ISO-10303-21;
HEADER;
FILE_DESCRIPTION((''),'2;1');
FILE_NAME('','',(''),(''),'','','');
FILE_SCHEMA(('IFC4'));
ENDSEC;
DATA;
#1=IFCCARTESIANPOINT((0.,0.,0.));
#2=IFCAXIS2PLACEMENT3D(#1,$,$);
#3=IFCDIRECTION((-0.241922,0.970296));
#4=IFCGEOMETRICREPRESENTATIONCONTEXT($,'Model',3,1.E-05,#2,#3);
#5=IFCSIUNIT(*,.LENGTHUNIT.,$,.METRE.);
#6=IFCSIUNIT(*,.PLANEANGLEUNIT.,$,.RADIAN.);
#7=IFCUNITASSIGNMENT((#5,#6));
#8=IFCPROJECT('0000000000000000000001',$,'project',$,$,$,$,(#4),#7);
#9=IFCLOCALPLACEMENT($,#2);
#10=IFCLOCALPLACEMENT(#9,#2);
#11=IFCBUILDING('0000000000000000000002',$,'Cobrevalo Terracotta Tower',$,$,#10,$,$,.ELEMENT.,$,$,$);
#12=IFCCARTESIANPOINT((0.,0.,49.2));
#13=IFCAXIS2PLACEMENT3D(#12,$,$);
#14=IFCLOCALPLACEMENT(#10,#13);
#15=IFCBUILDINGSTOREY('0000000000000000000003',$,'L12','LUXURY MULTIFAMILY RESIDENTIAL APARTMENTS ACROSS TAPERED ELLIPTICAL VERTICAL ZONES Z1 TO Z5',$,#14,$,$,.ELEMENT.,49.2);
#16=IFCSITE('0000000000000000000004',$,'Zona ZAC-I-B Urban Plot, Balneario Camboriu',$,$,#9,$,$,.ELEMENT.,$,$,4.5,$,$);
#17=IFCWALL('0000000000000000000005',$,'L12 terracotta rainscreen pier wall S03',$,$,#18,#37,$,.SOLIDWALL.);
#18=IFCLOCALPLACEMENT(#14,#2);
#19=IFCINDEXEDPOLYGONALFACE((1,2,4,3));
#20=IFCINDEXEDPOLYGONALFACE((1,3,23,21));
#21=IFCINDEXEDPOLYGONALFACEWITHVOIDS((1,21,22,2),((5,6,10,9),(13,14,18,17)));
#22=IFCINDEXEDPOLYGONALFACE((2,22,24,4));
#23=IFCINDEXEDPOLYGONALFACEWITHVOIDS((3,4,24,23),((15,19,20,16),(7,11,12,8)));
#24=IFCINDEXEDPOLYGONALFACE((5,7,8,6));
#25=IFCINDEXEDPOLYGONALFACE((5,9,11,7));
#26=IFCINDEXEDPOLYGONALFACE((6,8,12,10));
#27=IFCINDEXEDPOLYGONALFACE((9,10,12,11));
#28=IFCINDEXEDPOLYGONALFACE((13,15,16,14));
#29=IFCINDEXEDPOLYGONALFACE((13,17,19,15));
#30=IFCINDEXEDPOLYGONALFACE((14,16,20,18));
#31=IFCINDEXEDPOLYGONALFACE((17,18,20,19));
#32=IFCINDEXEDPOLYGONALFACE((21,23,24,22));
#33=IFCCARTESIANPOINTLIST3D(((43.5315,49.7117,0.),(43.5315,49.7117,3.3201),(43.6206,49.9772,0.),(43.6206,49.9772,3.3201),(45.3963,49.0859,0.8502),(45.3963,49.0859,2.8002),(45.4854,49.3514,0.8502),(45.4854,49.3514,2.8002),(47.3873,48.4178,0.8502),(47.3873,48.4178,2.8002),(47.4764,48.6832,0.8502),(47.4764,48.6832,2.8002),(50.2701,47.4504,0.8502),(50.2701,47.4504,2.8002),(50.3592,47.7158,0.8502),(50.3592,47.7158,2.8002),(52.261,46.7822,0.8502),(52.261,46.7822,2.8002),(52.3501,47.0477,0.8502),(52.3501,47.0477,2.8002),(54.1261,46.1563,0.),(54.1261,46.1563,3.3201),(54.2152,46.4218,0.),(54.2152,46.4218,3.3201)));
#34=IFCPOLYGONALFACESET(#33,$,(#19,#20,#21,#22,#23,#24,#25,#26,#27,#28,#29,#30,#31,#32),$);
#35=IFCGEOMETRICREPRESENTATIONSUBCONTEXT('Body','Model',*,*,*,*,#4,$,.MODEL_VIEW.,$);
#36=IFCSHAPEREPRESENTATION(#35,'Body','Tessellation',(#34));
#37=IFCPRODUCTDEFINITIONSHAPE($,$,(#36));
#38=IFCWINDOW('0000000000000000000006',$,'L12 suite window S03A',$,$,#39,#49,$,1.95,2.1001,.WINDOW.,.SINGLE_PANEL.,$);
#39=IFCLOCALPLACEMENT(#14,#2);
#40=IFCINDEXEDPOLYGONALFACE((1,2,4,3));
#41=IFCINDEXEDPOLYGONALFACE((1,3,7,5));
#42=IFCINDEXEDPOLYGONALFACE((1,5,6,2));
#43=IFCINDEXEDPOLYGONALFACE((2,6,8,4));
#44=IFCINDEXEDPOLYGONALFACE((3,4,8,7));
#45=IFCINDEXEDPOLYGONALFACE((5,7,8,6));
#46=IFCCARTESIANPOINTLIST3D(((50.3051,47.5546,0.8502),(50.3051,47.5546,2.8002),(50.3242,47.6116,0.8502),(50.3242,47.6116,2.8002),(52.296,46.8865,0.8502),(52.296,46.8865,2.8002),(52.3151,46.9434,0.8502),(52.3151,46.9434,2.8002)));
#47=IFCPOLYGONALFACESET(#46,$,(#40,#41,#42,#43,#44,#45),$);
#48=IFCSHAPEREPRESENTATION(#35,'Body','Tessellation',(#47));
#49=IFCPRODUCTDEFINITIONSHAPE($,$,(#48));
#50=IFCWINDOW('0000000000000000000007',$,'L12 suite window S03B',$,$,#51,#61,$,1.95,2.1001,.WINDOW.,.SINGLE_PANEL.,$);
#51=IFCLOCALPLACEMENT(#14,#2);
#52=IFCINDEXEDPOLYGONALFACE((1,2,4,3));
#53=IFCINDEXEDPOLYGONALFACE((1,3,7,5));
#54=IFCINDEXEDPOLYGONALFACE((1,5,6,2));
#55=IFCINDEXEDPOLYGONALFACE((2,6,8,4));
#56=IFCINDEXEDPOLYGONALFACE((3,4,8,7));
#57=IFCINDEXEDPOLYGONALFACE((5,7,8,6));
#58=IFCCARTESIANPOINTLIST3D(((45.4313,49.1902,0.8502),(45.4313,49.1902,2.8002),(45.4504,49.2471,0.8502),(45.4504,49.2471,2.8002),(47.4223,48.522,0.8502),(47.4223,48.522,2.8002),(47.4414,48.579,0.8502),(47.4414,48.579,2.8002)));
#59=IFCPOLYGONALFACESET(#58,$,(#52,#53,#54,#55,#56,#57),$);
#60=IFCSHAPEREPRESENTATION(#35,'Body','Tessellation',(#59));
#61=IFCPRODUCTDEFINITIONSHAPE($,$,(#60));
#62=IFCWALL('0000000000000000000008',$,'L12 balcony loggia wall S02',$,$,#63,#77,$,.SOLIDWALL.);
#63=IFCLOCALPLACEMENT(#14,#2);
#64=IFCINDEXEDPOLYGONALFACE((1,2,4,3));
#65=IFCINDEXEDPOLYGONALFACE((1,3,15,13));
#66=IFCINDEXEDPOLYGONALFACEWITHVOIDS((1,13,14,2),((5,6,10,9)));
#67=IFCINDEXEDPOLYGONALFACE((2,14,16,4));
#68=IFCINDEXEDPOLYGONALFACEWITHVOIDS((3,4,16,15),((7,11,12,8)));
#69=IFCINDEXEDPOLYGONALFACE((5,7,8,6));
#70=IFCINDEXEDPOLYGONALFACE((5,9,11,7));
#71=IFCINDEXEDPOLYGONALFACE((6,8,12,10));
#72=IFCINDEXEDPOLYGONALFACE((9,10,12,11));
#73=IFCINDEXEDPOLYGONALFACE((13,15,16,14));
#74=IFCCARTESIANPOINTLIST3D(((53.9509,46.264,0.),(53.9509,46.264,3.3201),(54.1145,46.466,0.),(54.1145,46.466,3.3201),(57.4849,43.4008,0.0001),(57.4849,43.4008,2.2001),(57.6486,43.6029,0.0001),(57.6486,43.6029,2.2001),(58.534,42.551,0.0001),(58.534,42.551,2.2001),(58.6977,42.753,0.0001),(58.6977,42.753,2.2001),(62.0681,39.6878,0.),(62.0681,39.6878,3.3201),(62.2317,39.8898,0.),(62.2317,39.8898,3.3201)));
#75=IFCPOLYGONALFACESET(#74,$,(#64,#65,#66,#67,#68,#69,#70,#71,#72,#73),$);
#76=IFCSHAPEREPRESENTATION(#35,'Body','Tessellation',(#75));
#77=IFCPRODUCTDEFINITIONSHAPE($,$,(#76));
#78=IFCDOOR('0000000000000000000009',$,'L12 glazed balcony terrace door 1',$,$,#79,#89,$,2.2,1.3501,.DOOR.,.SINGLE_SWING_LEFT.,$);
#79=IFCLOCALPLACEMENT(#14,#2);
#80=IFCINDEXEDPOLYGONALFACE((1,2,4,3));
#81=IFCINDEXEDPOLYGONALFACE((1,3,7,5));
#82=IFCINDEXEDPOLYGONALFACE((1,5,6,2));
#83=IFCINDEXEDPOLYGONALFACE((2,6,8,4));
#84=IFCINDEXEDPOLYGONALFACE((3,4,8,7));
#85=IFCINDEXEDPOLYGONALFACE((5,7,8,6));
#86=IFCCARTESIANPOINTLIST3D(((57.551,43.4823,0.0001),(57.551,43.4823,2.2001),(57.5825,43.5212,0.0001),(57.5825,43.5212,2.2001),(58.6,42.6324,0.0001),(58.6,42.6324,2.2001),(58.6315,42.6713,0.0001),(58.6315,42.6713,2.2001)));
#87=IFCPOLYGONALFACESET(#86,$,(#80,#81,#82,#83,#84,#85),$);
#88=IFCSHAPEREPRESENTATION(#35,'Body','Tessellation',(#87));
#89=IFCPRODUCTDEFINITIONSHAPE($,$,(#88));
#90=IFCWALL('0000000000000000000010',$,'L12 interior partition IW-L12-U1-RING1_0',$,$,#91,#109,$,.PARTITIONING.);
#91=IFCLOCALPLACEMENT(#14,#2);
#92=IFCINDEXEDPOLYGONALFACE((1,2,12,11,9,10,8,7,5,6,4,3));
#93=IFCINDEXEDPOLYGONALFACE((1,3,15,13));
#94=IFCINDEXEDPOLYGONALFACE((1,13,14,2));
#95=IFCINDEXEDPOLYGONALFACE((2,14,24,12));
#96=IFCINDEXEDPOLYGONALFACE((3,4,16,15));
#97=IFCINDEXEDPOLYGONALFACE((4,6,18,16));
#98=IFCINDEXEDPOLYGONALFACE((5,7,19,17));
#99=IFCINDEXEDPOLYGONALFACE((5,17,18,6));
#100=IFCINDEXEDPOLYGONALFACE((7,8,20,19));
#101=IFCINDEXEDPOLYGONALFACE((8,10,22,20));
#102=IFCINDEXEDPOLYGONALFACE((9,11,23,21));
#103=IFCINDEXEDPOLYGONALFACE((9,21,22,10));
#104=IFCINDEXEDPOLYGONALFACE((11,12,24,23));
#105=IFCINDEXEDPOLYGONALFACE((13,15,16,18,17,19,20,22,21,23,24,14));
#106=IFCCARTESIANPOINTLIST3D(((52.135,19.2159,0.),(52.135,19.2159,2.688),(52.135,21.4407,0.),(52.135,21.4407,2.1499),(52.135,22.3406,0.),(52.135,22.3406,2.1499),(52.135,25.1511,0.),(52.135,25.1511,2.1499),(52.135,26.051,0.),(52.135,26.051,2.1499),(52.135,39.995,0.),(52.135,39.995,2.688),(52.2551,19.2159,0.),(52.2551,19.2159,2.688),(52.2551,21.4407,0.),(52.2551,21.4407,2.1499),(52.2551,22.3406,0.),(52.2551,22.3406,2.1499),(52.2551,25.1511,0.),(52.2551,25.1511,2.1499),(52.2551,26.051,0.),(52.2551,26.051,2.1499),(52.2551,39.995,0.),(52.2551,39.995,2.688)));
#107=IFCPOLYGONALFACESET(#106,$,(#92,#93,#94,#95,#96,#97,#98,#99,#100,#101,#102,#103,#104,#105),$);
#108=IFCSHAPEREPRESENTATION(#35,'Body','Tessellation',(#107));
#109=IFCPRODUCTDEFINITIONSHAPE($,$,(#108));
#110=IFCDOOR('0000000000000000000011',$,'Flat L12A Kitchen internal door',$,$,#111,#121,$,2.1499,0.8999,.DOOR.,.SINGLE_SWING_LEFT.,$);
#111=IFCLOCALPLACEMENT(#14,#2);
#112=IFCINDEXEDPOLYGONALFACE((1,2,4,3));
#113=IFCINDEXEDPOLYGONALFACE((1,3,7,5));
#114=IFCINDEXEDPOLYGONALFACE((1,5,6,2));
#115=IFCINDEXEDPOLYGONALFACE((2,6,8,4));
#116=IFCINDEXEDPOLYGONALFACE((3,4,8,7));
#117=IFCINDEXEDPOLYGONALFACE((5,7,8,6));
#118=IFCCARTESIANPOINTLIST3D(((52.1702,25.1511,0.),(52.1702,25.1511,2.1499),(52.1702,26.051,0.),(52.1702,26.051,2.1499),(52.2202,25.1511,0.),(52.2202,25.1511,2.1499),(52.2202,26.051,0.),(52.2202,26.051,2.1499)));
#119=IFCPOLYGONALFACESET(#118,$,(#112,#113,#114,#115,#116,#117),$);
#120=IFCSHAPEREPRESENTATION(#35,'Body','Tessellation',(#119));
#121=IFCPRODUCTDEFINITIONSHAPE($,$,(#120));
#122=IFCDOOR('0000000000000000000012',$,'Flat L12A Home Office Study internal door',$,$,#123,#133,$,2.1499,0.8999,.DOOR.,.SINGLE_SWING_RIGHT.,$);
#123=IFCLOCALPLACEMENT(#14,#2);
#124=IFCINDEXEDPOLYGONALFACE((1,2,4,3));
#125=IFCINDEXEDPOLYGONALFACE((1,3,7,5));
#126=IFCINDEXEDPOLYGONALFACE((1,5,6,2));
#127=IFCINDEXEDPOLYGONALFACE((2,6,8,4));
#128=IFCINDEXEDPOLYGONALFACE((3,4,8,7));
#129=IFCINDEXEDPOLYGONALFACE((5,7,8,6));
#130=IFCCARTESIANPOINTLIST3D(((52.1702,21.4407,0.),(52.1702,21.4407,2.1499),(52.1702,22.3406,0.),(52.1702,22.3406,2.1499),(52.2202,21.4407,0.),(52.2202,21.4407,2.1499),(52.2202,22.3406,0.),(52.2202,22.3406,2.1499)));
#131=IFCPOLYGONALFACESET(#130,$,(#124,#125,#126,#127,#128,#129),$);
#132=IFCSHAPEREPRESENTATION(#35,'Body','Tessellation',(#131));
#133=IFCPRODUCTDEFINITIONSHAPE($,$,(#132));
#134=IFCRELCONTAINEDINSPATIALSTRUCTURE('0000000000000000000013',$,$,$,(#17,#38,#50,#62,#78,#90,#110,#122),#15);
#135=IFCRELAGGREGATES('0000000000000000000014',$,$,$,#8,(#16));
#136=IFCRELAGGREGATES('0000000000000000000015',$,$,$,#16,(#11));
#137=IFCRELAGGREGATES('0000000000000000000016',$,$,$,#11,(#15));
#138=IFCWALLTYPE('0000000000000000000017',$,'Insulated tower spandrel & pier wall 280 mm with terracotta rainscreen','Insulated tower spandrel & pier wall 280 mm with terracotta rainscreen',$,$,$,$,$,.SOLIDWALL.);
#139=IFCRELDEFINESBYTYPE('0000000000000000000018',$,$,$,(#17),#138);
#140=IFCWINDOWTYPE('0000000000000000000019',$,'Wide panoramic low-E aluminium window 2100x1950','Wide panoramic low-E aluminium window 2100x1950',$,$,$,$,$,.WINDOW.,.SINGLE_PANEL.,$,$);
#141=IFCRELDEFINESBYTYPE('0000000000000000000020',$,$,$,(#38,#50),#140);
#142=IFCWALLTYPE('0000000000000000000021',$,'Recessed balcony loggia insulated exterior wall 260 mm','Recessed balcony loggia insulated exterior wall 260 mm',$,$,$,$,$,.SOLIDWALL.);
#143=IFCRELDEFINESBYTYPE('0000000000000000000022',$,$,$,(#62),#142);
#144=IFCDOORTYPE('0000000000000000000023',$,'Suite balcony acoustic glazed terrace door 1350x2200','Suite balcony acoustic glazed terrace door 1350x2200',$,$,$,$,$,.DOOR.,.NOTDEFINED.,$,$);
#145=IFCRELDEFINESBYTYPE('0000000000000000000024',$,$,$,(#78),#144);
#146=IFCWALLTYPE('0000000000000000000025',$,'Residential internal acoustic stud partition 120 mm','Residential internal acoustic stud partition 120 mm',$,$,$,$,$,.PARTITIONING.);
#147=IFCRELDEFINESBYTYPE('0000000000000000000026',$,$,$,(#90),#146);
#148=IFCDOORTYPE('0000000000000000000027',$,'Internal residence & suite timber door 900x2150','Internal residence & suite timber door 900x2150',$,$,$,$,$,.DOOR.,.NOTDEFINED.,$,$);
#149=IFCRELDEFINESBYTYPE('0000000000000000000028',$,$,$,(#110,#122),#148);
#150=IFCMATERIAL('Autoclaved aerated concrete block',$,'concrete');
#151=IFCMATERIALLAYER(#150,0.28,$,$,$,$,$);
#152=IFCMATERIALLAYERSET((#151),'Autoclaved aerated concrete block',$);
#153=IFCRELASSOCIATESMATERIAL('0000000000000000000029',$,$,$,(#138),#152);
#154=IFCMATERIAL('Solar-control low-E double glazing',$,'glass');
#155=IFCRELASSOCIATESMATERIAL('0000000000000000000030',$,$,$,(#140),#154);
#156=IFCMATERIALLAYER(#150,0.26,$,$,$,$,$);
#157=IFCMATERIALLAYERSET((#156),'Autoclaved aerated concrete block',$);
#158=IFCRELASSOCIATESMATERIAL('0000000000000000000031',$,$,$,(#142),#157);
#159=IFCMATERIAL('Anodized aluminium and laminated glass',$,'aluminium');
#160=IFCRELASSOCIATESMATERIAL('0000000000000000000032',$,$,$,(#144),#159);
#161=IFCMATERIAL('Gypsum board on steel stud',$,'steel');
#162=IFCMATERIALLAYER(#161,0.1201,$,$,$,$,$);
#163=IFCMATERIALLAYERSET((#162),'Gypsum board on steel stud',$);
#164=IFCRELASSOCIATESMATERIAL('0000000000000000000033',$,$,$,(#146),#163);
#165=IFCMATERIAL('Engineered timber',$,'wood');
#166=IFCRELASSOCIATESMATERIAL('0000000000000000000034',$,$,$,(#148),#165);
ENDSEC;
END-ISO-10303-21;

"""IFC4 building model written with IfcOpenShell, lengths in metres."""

from ifc_helpers import new_model, si_unit, direction, frame, frame_2d, origin, place, context, subcontext, project, spatial, rectangle, extrude, source, transform, mapped, material, layer, layer_set, type_object, element, fill, save


model = new_model("IFC4")

# Units and contexts
model_context = context("Model", 3, precision=1e-05, world=origin(), true_north=direction((-0.241922, 0.970296)))
body_context = subcontext(model_context, "Body", "Model", "MODEL_VIEW")
ifc_project = project(units=[si_unit("LENGTHUNIT", "METRE"), si_unit("PLANEANGLEUNIT", "RADIAN")], contexts=[model_context])

# Site, building, storey
site_placement = place(None, origin())
site = spatial("IfcSite", under=ifc_project, at=site_placement, Name="Zona ZAC-I-B Urban Plot, Balneario Camboriu", CompositionType="ELEMENT", RefElevation=4.5)
building_placement = place(site_placement, origin())
building = spatial("IfcBuilding", under=site, at=building_placement, Name="Cobrevalo Terracotta Tower", CompositionType="ELEMENT")
storey_placement = place(building_placement, frame((0.0, 0.0, 49.2)))
storey = spatial("IfcBuildingStorey", under=building, at=storey_placement, Name="L12", Description="LUXURY MULTIFAMILY RESIDENTIAL APARTMENTS ACROSS TAPERED ELLIPTICAL VERTICAL ZONES Z1 TO Z5", CompositionType="ELEMENT", Elevation=49.2)

# Shared definitions
ifc_material_1 = material(Name="Solar-control low-E double glazing", Category="glass")

# Wall, openings, windows
ifc_material_2 = material(Name="Autoclaved aerated concrete block", Category="concrete")
ifc_layer_1 = layer(ifc_material_2, 0.28)
ifc_layer_set_1 = layer_set([ifc_layer_1], Name="Autoclaved aerated concrete block")
wall_type_1 = type_object("IfcWallType", Name="Insulated tower spandrel & pier wall 280 mm with terracotta rainscreen", Description="Insulated tower spandrel & pier wall 280 mm with terracotta rainscreen", PredefinedType="SOLIDWALL", material=ifc_layer_set_1)
wall_1_placement = place(storey_placement, frame((54.1707, 46.2891, 0.0), z_axis=(0.0, 0.0, 1.0), x_axis=(-0.948041, 0.318147, 0.0)))
wall_1 = element("IfcWall", 1, at=wall_1_placement, inside=storey, type_object=wall_type_1, Name="L12 terracotta rainscreen pier wall S03", PredefinedType="SOLIDWALL", context=body_context, shape_type="SweptSolid", body=[
    extrude(rectangle(XDim=11.1753, YDim=0.28, at=frame_2d((5.5876, 0.0))), origin(), (0.0, 0.0, 1.0), 3.3201),
])
opening_1_placement = place(wall_1_placement, frame((1.9673, 0.0, 0.8501)))
opening_1 = element("IfcOpeningElement", 2, at=opening_1_placement, cuts=wall_1, PredefinedType="OPENING", context=body_context, shape_type="SweptSolid", body=[
    extrude(rectangle(XDim=2.1001, YDim=1.95, at=frame_2d((1.05, 0.9751))), frame((0.0, 0.1499, 0.0), z_axis=(0.0, -1.0, 0.0), x_axis=(1.0, 0.0, 0.0)), (0.0, 0.0, 1.0), 0.3),
])
opening_2_placement = place(wall_1_placement, frame((7.1082, 0.0, 0.8501)))
opening_2 = element("IfcOpeningElement", 3, at=opening_2_placement, cuts=wall_1, PredefinedType="OPENING", context=body_context, shape_type="SweptSolid", body=[
    extrude(rectangle(XDim=2.1001, YDim=1.95, at=frame_2d((1.05, 0.9751))), frame((0.0, 0.1499, 0.0), z_axis=(0.0, -1.0, 0.0), x_axis=(1.0, 0.0, 0.0)), (0.0, 0.0, 1.0), 0.3),
])
window_type = type_object("IfcWindowType", Name="Wide panoramic low-E aluminium window 2100x1950", Description="Wide panoramic low-E aluminium window 2100x1950", PartitioningType="SINGLE_PANEL", PredefinedType="WINDOW", material=ifc_material_1)
shared_shape_1 = source(origin(), body_context, "Body", "SweptSolid", [
    extrude(rectangle(XDim=2.1001, YDim=1.95, at=frame_2d((1.05, 0.9751))), frame((0.0, 0.03, 0.0), z_axis=(0.0, -1.0, 0.0), x_axis=(1.0, 0.0, 0.0)), (0.0, 0.0, 1.0), 0.0601),
])
window_1_placement = place(opening_1_placement, origin())
window_1 = element("IfcWindow", 4, at=window_1_placement, inside=storey, type_object=window_type, Name="L12 suite window S03A", OverallHeight=1.95, OverallWidth=2.1001, PartitioningType="SINGLE_PANEL", PredefinedType="WINDOW", context=body_context, shape_type="MappedRepresentation", body=[
    mapped(shared_shape_1, transform((0.0, 0.0, 0.0), scale=1.0)),
])
fill(opening_1, window_1)
window_2_placement = place(opening_2_placement, origin())
window_2 = element("IfcWindow", 5, at=window_2_placement, inside=storey, type_object=window_type, Name="L12 suite window S03B", OverallHeight=1.95, OverallWidth=2.1001, PartitioningType="SINGLE_PANEL", PredefinedType="WINDOW", context=body_context, shape_type="MappedRepresentation", body=[
    mapped(shared_shape_1, transform((0.0, 0.0, 0.0), scale=1.0)),
])
fill(opening_2, window_2)

# Wall, opening, door
ifc_layer_2 = layer(ifc_material_2, 0.26)
ifc_layer_set_2 = layer_set([ifc_layer_2], Name="Autoclaved aerated concrete block")
wall_type_2 = type_object("IfcWallType", Name="Recessed balcony loggia insulated exterior wall 260 mm", Description="Recessed balcony loggia insulated exterior wall 260 mm", PredefinedType="SOLIDWALL", material=ifc_layer_set_2)
wall_2_placement = place(storey_placement, frame((62.1499, 39.7888, 0.0), z_axis=(0.0, 0.0, 1.0), x_axis=(-0.777005, 0.629494, 0.0)))
wall_2 = element("IfcWall", 6, at=wall_2_placement, inside=storey, type_object=wall_type_2, Name="L12 balcony loggia wall S02", PredefinedType="SOLIDWALL", context=body_context, shape_type="SweptSolid", body=[
    extrude(rectangle(XDim=10.4468, YDim=0.26, at=frame_2d((5.2234, 0.0))), origin(), (0.0, 0.0, 1.0), 3.3201),
])
opening_3_placement = place(wall_2_placement, frame((4.5483, 0.0, 0.0)))
opening_3 = element("IfcOpeningElement", 7, at=opening_3_placement, cuts=wall_2, PredefinedType="OPENING", context=body_context, shape_type="SweptSolid", body=[
    extrude(rectangle(XDim=1.3501, YDim=2.2, at=frame_2d((0.675, 1.1001))), frame((0.0, 0.1401, 0.0), z_axis=(0.0, -1.0, 0.0), x_axis=(1.0, 0.0, 0.0)), (0.0, 0.0, 1.0), 0.28),
])
ifc_material_3 = material(Name="Anodized aluminium and laminated glass", Category="aluminium")
door_type_1 = type_object("IfcDoorType", Name="Suite balcony acoustic glazed terrace door 1350x2200", Description="Suite balcony acoustic glazed terrace door 1350x2200", OperationType="NOTDEFINED", PredefinedType="DOOR", material=ifc_material_3)
shared_shape_2 = source(origin(), body_context, "Body", "SweptSolid", [
    extrude(rectangle(XDim=1.3501, YDim=2.2, at=frame_2d((0.675, 1.1001))), frame((0.0, 0.0249, 0.0), z_axis=(0.0, -1.0, 0.0), x_axis=(1.0, 0.0, 0.0)), (0.0, 0.0, 1.0), 0.05),
])
door_1_placement = place(opening_3_placement, frame((1.3501, 0.0, 0.0), z_axis=(0.0, 0.0, 1.0), x_axis=(-1.0, 0.0, 0.0)))
door_1 = element("IfcDoor", 8, at=door_1_placement, inside=storey, type_object=door_type_1, Name="L12 glazed balcony terrace door 1", OperationType="SINGLE_SWING_LEFT", OverallHeight=2.2, OverallWidth=1.3501, PredefinedType="DOOR", context=body_context, shape_type="MappedRepresentation", body=[
    mapped(shared_shape_2, transform((0.0, 0.0, 0.0), scale=1.0)),
])
fill(opening_3, door_1)

# Wall, openings, doors
ifc_material_4 = material(Name="Gypsum board on steel stud", Category="steel")
ifc_layer_3 = layer(ifc_material_4, 0.1201)
ifc_layer_set_3 = layer_set([ifc_layer_3], Name="Gypsum board on steel stud")
wall_type_3 = type_object("IfcWallType", Name="Residential internal acoustic stud partition 120 mm", Description="Residential internal acoustic stud partition 120 mm", PredefinedType="PARTITIONING", material=ifc_layer_set_3)
wall_3_placement = place(storey_placement, frame((52.1951, 39.9951, 0.0), z_axis=(0.0, 0.0, 1.0), x_axis=(0.0, -1.0, 0.0)))
wall_3 = element("IfcWall", 9, at=wall_3_placement, inside=storey, type_object=wall_type_3, Name="L12 interior partition IW-L12-U1-RING1_0", PredefinedType="PARTITIONING", context=body_context, shape_type="SweptSolid", body=[
    extrude(rectangle(XDim=20.7791, YDim=0.1201, at=frame_2d((10.3896, 0.0))), origin(), (0.0, 0.0, 1.0), 2.688),
])
opening_4_placement = place(wall_3_placement, frame((13.9441, 0.0, 0.0)))
opening_4 = element("IfcOpeningElement", 10, at=opening_4_placement, cuts=wall_3, PredefinedType="OPENING", context=body_context, shape_type="SweptSolid", body=[
    extrude(rectangle(XDim=0.8999, YDim=2.1499, at=frame_2d((0.45, 1.075))), frame((0.0, 0.0701, 0.0), z_axis=(0.0, -1.0, 0.0), x_axis=(1.0, 0.0, 0.0)), (0.0, 0.0, 1.0), 0.1401),
])
opening_5_placement = place(wall_3_placement, frame((17.6545, 0.0, 0.0)))
opening_5 = element("IfcOpeningElement", 11, at=opening_5_placement, cuts=wall_3, PredefinedType="OPENING", context=body_context, shape_type="SweptSolid", body=[
    extrude(rectangle(XDim=0.8999, YDim=2.1499, at=frame_2d((0.45, 1.075))), frame((0.0, 0.0701, 0.0), z_axis=(0.0, -1.0, 0.0), x_axis=(1.0, 0.0, 0.0)), (0.0, 0.0, 1.0), 0.1401),
])
ifc_material_5 = material(Name="Engineered timber", Category="wood")
door_type_2 = type_object("IfcDoorType", Name="Internal residence & suite timber door 900x2150", Description="Internal residence & suite timber door 900x2150", OperationType="NOTDEFINED", PredefinedType="DOOR", material=ifc_material_5)
shared_shape_3 = source(origin(), body_context, "Body", "SweptSolid", [
    extrude(rectangle(XDim=0.8999, YDim=2.1499, at=frame_2d((0.45, 1.075))), frame((0.0, 0.0249, 0.0), z_axis=(0.0, -1.0, 0.0), x_axis=(1.0, 0.0, 0.0)), (0.0, 0.0, 1.0), 0.05),
])
door_2_placement = place(opening_4_placement, frame((0.8999, 0.0, 0.0), z_axis=(0.0, 0.0, 1.0), x_axis=(-1.0, 0.0, 0.0)))
door_2 = element("IfcDoor", 12, at=door_2_placement, inside=storey, type_object=door_type_2, Name="Flat L12A Kitchen internal door", OperationType="SINGLE_SWING_LEFT", OverallHeight=2.1499, OverallWidth=0.8999, PredefinedType="DOOR", context=body_context, shape_type="MappedRepresentation", body=[
    mapped(shared_shape_3, transform((0.0, 0.0, 0.0), scale=1.0)),
])
fill(opening_4, door_2)
door_3_placement = place(opening_5_placement, frame((0.8999, 0.0, 0.0), z_axis=(0.0, 0.0, 1.0), x_axis=(-1.0, 0.0, 0.0)))
door_3 = element("IfcDoor", 13, at=door_3_placement, inside=storey, type_object=door_type_2, Name="Flat L12A Home Office Study internal door", OperationType="SINGLE_SWING_RIGHT", OverallHeight=2.1499, OverallWidth=0.8999, PredefinedType="DOOR", context=body_context, shape_type="MappedRepresentation", body=[
    mapped(shared_shape_3, transform((0.0, 0.0, 0.0), scale=1.0)),
])
fill(opening_5, door_3)

save(model, "model.ifc")
